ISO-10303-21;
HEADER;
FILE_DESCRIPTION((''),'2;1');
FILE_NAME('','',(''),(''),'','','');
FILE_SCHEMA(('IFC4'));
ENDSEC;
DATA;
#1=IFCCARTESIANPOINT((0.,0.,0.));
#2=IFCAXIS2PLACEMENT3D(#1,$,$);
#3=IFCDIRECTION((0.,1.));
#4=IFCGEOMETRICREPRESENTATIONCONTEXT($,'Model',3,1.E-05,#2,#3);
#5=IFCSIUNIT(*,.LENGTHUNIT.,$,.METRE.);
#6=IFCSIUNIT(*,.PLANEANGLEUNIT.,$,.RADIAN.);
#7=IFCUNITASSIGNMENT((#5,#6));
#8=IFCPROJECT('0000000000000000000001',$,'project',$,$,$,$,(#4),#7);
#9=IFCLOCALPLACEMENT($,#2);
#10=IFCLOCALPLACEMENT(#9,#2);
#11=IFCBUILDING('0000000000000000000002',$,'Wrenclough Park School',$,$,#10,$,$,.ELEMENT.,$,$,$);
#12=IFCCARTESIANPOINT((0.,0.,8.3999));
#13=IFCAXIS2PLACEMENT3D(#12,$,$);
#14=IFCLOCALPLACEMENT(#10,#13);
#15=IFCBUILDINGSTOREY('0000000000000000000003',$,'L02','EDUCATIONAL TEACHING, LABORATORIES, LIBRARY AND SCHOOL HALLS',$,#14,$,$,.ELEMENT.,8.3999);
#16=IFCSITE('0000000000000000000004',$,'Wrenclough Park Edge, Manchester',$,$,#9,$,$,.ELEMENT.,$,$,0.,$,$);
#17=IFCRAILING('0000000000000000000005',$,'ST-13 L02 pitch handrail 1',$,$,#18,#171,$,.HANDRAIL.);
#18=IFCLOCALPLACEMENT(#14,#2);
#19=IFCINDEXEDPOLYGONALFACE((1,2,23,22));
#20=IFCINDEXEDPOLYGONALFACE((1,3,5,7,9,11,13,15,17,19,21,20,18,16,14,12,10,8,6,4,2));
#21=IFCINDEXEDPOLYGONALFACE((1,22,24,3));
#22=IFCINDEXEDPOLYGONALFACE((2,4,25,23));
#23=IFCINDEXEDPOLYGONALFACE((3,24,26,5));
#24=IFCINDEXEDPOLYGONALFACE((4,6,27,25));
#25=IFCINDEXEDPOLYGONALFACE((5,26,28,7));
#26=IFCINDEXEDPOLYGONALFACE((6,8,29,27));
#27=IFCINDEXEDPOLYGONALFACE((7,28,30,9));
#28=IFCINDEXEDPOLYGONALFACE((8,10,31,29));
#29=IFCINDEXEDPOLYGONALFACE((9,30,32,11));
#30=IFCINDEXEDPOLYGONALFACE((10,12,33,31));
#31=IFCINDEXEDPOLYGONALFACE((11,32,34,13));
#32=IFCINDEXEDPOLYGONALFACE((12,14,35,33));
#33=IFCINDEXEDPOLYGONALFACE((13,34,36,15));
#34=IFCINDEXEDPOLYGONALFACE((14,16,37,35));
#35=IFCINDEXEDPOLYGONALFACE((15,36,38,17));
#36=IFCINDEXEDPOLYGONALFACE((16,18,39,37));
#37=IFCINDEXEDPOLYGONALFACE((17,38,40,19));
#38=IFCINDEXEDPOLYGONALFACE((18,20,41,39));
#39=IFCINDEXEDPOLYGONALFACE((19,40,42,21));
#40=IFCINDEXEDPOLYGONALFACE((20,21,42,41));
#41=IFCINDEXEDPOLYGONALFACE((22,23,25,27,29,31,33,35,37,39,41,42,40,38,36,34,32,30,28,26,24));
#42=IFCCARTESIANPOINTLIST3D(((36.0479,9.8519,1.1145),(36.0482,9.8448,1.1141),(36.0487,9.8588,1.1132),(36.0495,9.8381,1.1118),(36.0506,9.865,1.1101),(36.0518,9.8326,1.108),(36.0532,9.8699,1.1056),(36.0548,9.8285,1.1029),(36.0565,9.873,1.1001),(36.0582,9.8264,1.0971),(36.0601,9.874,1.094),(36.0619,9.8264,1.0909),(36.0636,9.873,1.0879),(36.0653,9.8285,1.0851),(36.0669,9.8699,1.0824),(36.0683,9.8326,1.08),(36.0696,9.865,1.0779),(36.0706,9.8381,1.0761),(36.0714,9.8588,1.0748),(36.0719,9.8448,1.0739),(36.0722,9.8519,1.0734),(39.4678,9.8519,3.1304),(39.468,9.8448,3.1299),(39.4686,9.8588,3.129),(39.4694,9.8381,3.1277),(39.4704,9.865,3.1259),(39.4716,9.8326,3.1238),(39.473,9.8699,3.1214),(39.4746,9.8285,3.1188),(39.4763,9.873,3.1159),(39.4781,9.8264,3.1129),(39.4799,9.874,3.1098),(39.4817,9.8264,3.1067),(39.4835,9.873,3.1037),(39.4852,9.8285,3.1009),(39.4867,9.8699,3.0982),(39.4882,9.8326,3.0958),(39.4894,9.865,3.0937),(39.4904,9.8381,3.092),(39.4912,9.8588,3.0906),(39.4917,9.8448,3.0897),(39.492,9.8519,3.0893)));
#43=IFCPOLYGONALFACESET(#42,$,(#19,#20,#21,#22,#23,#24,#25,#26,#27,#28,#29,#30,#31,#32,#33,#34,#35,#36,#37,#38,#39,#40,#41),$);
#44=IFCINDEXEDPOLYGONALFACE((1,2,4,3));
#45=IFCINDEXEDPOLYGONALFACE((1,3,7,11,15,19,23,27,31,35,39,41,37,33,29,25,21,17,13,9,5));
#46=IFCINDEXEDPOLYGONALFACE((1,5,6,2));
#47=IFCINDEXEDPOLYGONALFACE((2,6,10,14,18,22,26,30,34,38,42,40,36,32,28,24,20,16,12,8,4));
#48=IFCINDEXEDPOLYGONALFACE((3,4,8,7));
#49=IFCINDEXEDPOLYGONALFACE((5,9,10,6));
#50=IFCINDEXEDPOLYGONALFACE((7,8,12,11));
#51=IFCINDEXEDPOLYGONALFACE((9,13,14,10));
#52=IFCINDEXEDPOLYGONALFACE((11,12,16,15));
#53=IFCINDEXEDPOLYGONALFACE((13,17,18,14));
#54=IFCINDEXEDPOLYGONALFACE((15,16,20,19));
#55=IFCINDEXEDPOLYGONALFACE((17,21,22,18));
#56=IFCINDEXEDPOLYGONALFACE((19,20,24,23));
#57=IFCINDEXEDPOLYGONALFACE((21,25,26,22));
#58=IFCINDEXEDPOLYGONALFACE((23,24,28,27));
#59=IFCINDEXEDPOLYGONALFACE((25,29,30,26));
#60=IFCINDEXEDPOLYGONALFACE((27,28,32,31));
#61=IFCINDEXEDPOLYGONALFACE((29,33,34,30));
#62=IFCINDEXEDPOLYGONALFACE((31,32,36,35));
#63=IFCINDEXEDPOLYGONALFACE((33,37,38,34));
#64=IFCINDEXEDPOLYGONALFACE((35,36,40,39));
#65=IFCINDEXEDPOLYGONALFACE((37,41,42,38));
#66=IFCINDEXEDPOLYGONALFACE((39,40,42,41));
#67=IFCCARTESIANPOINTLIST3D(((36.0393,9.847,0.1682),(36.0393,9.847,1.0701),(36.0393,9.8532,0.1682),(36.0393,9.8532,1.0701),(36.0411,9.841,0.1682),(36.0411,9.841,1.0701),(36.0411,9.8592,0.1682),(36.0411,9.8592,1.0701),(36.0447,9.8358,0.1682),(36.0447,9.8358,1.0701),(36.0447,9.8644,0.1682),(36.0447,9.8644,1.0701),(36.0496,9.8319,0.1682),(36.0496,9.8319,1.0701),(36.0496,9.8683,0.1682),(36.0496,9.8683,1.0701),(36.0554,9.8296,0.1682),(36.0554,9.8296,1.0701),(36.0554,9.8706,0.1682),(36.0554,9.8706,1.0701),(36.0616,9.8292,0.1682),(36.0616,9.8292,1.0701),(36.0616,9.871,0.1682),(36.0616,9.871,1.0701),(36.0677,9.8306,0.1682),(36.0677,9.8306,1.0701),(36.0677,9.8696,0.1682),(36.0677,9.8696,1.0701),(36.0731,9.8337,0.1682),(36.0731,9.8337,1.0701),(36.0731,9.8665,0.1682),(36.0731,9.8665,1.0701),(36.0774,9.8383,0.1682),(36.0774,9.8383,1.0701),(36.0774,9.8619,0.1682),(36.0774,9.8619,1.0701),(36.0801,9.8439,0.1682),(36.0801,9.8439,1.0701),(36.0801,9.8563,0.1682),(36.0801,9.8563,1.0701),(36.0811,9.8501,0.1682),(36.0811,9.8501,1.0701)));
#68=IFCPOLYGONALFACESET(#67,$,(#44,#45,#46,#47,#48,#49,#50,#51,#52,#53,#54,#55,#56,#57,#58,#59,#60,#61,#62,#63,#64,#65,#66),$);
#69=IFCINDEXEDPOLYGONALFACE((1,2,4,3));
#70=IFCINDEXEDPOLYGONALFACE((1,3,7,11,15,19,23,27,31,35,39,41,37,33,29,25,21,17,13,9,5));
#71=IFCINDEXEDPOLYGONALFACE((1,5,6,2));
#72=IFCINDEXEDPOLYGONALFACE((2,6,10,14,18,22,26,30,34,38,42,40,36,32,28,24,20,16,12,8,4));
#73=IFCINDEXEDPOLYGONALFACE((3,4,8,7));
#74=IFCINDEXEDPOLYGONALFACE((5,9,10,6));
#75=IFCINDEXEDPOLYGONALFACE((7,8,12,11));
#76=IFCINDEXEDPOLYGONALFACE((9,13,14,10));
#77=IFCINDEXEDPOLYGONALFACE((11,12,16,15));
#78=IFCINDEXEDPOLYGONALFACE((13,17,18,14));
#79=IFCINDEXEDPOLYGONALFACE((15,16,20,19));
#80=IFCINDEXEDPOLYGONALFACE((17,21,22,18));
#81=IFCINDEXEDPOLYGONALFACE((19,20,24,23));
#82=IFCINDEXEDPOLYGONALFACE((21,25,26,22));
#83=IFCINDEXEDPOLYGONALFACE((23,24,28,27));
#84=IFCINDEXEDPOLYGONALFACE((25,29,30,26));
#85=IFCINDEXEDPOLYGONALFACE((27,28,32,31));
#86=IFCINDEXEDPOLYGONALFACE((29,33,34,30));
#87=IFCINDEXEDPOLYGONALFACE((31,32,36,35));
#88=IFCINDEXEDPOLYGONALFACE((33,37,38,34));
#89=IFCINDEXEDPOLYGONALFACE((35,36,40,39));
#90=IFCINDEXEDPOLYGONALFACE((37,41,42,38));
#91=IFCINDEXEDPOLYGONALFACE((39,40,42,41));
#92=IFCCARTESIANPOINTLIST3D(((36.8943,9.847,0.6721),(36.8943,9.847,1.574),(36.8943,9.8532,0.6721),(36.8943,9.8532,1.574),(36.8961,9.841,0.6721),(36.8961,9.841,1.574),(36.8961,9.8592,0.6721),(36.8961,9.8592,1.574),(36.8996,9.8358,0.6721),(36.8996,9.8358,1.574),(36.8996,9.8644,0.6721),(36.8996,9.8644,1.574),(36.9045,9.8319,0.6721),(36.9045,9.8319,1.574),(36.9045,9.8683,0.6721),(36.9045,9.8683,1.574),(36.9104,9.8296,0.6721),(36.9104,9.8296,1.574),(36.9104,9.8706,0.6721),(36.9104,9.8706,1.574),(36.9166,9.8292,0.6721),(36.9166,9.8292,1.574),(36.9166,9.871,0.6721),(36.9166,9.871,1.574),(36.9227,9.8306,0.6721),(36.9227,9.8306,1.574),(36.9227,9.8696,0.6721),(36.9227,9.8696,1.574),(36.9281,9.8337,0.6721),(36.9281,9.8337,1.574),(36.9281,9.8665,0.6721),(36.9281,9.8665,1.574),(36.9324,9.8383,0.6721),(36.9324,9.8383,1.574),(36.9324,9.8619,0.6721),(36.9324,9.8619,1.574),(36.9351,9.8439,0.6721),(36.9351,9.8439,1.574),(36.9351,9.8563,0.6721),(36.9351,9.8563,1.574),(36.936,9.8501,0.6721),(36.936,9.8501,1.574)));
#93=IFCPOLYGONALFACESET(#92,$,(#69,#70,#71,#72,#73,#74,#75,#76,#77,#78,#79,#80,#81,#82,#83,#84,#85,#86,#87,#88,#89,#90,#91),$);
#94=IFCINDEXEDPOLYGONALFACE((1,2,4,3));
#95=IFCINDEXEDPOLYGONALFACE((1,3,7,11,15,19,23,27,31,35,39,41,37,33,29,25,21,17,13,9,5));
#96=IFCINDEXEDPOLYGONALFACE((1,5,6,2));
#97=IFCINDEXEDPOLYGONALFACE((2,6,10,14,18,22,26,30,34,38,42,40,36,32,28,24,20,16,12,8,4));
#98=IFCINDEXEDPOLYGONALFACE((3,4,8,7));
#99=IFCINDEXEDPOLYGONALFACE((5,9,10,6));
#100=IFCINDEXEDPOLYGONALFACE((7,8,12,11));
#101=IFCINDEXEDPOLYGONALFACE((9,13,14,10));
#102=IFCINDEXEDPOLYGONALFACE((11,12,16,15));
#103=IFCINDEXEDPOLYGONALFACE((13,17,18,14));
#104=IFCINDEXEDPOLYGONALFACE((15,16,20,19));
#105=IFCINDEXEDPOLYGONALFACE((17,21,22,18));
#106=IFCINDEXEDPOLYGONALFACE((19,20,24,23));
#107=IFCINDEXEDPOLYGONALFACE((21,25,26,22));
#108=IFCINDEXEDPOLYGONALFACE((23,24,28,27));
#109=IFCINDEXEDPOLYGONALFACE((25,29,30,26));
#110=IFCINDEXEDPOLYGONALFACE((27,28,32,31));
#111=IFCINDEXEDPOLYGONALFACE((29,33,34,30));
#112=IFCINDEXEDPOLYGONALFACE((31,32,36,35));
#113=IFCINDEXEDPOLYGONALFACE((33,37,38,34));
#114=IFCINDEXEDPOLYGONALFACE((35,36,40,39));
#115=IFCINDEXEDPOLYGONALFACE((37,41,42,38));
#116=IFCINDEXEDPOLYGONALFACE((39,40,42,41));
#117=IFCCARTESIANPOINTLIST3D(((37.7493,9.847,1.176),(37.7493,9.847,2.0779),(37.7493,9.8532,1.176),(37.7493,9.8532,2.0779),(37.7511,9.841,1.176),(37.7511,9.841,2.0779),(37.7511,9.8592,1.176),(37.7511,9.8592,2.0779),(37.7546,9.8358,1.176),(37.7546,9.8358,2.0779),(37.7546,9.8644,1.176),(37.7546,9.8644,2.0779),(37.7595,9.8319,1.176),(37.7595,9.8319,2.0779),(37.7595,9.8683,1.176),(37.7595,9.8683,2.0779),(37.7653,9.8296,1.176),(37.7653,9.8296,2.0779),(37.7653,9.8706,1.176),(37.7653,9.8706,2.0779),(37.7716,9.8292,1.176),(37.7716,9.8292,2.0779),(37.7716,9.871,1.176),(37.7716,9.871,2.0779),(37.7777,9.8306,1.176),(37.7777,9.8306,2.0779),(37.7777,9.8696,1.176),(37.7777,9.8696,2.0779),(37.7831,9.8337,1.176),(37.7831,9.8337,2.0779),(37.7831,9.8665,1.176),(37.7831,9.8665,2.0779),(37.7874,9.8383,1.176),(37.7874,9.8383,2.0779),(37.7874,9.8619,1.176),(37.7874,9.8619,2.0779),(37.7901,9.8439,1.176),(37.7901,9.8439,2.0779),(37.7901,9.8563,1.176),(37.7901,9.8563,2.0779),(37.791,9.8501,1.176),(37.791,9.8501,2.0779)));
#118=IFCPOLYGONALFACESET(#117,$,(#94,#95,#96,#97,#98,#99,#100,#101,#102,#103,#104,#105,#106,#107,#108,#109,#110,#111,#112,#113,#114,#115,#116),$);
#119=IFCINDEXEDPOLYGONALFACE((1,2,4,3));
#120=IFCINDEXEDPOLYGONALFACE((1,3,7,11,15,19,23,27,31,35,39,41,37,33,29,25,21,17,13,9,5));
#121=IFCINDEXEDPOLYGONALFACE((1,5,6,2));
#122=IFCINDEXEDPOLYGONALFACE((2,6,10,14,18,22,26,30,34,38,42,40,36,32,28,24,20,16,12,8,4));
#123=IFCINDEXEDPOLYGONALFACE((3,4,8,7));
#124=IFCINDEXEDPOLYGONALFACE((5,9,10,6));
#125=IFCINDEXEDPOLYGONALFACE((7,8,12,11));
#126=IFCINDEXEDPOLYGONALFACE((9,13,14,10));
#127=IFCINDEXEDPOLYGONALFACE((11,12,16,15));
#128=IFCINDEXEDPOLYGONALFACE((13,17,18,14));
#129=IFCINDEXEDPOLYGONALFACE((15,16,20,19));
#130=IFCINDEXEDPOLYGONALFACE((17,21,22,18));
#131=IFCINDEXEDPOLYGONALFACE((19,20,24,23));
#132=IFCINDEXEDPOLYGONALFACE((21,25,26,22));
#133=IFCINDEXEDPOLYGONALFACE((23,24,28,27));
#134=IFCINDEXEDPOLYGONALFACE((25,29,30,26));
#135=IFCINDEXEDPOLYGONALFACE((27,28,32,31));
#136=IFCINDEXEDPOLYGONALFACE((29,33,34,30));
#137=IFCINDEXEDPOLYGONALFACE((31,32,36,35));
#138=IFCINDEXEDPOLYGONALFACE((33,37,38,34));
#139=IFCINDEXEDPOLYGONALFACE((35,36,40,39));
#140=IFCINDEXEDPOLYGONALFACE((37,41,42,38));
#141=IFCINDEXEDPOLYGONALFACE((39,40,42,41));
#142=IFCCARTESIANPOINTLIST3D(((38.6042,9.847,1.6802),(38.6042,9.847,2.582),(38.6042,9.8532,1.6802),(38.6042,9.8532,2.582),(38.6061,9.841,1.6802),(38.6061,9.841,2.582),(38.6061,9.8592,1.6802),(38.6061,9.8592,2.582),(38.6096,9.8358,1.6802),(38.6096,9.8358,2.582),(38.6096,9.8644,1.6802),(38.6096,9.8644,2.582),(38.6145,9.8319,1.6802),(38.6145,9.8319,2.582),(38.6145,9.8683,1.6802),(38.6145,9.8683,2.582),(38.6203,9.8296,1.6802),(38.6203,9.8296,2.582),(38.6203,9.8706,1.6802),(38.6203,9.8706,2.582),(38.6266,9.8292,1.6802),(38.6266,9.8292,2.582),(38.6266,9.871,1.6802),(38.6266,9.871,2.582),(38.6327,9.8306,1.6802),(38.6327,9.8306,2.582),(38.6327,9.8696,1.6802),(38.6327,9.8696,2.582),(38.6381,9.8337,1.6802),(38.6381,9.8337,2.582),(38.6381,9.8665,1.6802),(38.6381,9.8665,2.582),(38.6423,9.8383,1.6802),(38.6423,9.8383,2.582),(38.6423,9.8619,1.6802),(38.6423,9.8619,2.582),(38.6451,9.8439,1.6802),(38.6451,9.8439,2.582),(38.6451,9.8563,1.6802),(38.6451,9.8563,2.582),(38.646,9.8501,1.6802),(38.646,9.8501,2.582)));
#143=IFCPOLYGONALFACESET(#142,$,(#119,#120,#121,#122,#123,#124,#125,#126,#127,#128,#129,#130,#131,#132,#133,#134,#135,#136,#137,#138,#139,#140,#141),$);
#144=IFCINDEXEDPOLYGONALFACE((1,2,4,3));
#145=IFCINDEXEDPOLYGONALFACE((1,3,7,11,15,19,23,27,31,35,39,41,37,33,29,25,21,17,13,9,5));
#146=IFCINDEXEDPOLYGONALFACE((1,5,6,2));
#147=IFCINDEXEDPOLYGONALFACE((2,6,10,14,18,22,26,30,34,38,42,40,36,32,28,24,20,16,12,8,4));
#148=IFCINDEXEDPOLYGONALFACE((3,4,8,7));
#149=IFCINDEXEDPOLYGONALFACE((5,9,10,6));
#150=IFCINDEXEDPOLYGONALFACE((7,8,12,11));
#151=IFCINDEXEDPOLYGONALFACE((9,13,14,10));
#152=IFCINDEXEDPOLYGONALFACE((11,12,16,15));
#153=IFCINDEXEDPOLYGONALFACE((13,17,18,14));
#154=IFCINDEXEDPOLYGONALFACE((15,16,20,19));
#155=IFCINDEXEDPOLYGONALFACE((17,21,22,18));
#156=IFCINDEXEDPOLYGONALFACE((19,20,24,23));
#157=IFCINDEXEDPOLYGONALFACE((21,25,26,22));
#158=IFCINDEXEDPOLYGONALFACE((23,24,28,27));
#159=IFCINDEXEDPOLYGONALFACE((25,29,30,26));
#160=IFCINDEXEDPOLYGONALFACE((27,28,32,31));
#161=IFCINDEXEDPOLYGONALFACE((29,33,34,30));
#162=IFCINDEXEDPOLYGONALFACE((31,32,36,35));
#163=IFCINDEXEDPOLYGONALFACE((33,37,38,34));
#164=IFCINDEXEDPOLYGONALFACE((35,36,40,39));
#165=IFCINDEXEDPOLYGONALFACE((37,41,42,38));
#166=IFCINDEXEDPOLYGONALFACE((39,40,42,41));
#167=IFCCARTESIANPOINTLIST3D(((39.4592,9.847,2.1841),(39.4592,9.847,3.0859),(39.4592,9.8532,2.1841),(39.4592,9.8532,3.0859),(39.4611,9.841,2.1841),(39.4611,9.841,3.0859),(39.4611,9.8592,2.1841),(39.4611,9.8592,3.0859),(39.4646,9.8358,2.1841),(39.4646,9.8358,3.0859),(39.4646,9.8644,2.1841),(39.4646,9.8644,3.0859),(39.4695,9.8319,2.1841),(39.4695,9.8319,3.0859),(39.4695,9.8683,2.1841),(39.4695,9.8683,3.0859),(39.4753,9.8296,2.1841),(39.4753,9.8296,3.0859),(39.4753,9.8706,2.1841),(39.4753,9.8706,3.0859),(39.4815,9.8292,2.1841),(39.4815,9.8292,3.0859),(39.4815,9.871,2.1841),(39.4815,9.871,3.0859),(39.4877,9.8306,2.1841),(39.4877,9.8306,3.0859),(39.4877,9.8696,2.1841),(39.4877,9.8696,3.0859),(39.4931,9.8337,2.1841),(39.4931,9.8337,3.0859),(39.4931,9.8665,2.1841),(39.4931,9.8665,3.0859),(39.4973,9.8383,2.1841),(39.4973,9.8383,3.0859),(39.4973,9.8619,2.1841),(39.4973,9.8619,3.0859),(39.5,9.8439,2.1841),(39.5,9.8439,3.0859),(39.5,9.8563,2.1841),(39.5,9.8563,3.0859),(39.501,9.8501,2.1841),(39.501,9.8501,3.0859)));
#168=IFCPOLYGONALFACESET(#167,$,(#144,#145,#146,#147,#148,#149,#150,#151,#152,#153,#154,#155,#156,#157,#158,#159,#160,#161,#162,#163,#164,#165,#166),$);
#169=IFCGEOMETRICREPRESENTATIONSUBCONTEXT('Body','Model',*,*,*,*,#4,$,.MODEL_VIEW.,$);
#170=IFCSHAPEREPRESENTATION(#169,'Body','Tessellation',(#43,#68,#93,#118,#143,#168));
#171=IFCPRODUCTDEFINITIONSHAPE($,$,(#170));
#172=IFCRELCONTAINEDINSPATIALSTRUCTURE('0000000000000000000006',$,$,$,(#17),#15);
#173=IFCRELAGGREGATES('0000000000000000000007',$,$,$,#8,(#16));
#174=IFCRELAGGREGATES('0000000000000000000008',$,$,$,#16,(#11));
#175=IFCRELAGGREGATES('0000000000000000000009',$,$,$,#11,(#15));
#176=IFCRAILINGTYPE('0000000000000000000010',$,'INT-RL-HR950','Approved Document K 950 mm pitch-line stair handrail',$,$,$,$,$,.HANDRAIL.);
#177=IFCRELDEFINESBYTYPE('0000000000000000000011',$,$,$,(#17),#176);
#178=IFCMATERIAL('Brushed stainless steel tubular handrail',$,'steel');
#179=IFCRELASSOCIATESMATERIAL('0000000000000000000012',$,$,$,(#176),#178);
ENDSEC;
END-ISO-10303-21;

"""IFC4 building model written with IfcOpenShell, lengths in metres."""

from ifc_helpers import new_model, si_unit, direction, frame, origin, origin_2d, place, context, subcontext, project, spatial, circle, extrude, material, type_object, element, save


model = new_model("IFC4")

# Units and contexts
model_context = context("Model", 3, precision=1e-05, world=origin(), true_north=direction((0.0, 1.0)))
body_context = subcontext(model_context, "Body", "Model", "MODEL_VIEW")
ifc_project = project(units=[si_unit("LENGTHUNIT", "METRE"), si_unit("PLANEANGLEUNIT", "RADIAN")], contexts=[model_context])

# Site, building, storey
site_placement = place(None, origin())
site = spatial("IfcSite", under=ifc_project, at=site_placement, Name="Wrenclough Park Edge, Manchester", CompositionType="ELEMENT", RefElevation=0.0)
building_placement = place(site_placement, origin())
building = spatial("IfcBuilding", under=site, at=building_placement, Name="Wrenclough Park School", CompositionType="ELEMENT")
storey_placement = place(building_placement, frame((0.0, 0.0, 8.3999)))
storey = spatial("IfcBuildingStorey", under=building, at=storey_placement, Name="L02", Description="EDUCATIONAL TEACHING, LABORATORIES, LIBRARY AND SCHOOL HALLS", CompositionType="ELEMENT", Elevation=8.3999)

# Railing
ifc_material_1 = material(Name="Brushed stainless steel tubular handrail", Category="steel")
railing_type_1 = type_object("IfcRailingType", Name="INT-RL-HR950", Description="Approved Document K 950 mm pitch-line stair handrail", PredefinedType="HANDRAIL", material=ifc_material_1)
railing_1_placement = place(storey_placement, frame((36.0601, 9.8501, 0.1682)))
element("IfcRailing", 1, at=railing_1_placement, inside=storey, type_object=railing_type_1, Name="ST-13 L02 pitch handrail 1", PredefinedType="HANDRAIL", context=body_context, shape_type="SweptSolid", body=[
    extrude(circle(Radius=0.0239, at=origin_2d()), frame((0.0, 0.0, 0.9258), z_axis=(0.861477, 0.0, 0.507797), x_axis=(0.0, 1.0, 0.0)), (0.0, 0.0, 1.0), 3.9697),
    extrude(circle(Radius=0.021, at=origin_2d()), origin(), (0.0, 0.0, 1.0), 0.9019),
    extrude(circle(Radius=0.021, at=origin_2d()), frame((0.855, 0.0, 0.5039)), (0.0, 0.0, 1.0), 0.9019),
    extrude(circle(Radius=0.021, at=origin_2d()), frame((1.71, 0.0, 1.0078)), (0.0, 0.0, 1.0), 0.9019),
    extrude(circle(Radius=0.021, at=origin_2d()), frame((2.5649, 0.0, 1.512)), (0.0, 0.0, 1.0), 0.9019),
    extrude(circle(Radius=0.021, at=origin_2d()), frame((3.4199, 0.0, 2.0159)), (0.0, 0.0, 1.0), 0.9019),
])

save(model, "model.ifc")
